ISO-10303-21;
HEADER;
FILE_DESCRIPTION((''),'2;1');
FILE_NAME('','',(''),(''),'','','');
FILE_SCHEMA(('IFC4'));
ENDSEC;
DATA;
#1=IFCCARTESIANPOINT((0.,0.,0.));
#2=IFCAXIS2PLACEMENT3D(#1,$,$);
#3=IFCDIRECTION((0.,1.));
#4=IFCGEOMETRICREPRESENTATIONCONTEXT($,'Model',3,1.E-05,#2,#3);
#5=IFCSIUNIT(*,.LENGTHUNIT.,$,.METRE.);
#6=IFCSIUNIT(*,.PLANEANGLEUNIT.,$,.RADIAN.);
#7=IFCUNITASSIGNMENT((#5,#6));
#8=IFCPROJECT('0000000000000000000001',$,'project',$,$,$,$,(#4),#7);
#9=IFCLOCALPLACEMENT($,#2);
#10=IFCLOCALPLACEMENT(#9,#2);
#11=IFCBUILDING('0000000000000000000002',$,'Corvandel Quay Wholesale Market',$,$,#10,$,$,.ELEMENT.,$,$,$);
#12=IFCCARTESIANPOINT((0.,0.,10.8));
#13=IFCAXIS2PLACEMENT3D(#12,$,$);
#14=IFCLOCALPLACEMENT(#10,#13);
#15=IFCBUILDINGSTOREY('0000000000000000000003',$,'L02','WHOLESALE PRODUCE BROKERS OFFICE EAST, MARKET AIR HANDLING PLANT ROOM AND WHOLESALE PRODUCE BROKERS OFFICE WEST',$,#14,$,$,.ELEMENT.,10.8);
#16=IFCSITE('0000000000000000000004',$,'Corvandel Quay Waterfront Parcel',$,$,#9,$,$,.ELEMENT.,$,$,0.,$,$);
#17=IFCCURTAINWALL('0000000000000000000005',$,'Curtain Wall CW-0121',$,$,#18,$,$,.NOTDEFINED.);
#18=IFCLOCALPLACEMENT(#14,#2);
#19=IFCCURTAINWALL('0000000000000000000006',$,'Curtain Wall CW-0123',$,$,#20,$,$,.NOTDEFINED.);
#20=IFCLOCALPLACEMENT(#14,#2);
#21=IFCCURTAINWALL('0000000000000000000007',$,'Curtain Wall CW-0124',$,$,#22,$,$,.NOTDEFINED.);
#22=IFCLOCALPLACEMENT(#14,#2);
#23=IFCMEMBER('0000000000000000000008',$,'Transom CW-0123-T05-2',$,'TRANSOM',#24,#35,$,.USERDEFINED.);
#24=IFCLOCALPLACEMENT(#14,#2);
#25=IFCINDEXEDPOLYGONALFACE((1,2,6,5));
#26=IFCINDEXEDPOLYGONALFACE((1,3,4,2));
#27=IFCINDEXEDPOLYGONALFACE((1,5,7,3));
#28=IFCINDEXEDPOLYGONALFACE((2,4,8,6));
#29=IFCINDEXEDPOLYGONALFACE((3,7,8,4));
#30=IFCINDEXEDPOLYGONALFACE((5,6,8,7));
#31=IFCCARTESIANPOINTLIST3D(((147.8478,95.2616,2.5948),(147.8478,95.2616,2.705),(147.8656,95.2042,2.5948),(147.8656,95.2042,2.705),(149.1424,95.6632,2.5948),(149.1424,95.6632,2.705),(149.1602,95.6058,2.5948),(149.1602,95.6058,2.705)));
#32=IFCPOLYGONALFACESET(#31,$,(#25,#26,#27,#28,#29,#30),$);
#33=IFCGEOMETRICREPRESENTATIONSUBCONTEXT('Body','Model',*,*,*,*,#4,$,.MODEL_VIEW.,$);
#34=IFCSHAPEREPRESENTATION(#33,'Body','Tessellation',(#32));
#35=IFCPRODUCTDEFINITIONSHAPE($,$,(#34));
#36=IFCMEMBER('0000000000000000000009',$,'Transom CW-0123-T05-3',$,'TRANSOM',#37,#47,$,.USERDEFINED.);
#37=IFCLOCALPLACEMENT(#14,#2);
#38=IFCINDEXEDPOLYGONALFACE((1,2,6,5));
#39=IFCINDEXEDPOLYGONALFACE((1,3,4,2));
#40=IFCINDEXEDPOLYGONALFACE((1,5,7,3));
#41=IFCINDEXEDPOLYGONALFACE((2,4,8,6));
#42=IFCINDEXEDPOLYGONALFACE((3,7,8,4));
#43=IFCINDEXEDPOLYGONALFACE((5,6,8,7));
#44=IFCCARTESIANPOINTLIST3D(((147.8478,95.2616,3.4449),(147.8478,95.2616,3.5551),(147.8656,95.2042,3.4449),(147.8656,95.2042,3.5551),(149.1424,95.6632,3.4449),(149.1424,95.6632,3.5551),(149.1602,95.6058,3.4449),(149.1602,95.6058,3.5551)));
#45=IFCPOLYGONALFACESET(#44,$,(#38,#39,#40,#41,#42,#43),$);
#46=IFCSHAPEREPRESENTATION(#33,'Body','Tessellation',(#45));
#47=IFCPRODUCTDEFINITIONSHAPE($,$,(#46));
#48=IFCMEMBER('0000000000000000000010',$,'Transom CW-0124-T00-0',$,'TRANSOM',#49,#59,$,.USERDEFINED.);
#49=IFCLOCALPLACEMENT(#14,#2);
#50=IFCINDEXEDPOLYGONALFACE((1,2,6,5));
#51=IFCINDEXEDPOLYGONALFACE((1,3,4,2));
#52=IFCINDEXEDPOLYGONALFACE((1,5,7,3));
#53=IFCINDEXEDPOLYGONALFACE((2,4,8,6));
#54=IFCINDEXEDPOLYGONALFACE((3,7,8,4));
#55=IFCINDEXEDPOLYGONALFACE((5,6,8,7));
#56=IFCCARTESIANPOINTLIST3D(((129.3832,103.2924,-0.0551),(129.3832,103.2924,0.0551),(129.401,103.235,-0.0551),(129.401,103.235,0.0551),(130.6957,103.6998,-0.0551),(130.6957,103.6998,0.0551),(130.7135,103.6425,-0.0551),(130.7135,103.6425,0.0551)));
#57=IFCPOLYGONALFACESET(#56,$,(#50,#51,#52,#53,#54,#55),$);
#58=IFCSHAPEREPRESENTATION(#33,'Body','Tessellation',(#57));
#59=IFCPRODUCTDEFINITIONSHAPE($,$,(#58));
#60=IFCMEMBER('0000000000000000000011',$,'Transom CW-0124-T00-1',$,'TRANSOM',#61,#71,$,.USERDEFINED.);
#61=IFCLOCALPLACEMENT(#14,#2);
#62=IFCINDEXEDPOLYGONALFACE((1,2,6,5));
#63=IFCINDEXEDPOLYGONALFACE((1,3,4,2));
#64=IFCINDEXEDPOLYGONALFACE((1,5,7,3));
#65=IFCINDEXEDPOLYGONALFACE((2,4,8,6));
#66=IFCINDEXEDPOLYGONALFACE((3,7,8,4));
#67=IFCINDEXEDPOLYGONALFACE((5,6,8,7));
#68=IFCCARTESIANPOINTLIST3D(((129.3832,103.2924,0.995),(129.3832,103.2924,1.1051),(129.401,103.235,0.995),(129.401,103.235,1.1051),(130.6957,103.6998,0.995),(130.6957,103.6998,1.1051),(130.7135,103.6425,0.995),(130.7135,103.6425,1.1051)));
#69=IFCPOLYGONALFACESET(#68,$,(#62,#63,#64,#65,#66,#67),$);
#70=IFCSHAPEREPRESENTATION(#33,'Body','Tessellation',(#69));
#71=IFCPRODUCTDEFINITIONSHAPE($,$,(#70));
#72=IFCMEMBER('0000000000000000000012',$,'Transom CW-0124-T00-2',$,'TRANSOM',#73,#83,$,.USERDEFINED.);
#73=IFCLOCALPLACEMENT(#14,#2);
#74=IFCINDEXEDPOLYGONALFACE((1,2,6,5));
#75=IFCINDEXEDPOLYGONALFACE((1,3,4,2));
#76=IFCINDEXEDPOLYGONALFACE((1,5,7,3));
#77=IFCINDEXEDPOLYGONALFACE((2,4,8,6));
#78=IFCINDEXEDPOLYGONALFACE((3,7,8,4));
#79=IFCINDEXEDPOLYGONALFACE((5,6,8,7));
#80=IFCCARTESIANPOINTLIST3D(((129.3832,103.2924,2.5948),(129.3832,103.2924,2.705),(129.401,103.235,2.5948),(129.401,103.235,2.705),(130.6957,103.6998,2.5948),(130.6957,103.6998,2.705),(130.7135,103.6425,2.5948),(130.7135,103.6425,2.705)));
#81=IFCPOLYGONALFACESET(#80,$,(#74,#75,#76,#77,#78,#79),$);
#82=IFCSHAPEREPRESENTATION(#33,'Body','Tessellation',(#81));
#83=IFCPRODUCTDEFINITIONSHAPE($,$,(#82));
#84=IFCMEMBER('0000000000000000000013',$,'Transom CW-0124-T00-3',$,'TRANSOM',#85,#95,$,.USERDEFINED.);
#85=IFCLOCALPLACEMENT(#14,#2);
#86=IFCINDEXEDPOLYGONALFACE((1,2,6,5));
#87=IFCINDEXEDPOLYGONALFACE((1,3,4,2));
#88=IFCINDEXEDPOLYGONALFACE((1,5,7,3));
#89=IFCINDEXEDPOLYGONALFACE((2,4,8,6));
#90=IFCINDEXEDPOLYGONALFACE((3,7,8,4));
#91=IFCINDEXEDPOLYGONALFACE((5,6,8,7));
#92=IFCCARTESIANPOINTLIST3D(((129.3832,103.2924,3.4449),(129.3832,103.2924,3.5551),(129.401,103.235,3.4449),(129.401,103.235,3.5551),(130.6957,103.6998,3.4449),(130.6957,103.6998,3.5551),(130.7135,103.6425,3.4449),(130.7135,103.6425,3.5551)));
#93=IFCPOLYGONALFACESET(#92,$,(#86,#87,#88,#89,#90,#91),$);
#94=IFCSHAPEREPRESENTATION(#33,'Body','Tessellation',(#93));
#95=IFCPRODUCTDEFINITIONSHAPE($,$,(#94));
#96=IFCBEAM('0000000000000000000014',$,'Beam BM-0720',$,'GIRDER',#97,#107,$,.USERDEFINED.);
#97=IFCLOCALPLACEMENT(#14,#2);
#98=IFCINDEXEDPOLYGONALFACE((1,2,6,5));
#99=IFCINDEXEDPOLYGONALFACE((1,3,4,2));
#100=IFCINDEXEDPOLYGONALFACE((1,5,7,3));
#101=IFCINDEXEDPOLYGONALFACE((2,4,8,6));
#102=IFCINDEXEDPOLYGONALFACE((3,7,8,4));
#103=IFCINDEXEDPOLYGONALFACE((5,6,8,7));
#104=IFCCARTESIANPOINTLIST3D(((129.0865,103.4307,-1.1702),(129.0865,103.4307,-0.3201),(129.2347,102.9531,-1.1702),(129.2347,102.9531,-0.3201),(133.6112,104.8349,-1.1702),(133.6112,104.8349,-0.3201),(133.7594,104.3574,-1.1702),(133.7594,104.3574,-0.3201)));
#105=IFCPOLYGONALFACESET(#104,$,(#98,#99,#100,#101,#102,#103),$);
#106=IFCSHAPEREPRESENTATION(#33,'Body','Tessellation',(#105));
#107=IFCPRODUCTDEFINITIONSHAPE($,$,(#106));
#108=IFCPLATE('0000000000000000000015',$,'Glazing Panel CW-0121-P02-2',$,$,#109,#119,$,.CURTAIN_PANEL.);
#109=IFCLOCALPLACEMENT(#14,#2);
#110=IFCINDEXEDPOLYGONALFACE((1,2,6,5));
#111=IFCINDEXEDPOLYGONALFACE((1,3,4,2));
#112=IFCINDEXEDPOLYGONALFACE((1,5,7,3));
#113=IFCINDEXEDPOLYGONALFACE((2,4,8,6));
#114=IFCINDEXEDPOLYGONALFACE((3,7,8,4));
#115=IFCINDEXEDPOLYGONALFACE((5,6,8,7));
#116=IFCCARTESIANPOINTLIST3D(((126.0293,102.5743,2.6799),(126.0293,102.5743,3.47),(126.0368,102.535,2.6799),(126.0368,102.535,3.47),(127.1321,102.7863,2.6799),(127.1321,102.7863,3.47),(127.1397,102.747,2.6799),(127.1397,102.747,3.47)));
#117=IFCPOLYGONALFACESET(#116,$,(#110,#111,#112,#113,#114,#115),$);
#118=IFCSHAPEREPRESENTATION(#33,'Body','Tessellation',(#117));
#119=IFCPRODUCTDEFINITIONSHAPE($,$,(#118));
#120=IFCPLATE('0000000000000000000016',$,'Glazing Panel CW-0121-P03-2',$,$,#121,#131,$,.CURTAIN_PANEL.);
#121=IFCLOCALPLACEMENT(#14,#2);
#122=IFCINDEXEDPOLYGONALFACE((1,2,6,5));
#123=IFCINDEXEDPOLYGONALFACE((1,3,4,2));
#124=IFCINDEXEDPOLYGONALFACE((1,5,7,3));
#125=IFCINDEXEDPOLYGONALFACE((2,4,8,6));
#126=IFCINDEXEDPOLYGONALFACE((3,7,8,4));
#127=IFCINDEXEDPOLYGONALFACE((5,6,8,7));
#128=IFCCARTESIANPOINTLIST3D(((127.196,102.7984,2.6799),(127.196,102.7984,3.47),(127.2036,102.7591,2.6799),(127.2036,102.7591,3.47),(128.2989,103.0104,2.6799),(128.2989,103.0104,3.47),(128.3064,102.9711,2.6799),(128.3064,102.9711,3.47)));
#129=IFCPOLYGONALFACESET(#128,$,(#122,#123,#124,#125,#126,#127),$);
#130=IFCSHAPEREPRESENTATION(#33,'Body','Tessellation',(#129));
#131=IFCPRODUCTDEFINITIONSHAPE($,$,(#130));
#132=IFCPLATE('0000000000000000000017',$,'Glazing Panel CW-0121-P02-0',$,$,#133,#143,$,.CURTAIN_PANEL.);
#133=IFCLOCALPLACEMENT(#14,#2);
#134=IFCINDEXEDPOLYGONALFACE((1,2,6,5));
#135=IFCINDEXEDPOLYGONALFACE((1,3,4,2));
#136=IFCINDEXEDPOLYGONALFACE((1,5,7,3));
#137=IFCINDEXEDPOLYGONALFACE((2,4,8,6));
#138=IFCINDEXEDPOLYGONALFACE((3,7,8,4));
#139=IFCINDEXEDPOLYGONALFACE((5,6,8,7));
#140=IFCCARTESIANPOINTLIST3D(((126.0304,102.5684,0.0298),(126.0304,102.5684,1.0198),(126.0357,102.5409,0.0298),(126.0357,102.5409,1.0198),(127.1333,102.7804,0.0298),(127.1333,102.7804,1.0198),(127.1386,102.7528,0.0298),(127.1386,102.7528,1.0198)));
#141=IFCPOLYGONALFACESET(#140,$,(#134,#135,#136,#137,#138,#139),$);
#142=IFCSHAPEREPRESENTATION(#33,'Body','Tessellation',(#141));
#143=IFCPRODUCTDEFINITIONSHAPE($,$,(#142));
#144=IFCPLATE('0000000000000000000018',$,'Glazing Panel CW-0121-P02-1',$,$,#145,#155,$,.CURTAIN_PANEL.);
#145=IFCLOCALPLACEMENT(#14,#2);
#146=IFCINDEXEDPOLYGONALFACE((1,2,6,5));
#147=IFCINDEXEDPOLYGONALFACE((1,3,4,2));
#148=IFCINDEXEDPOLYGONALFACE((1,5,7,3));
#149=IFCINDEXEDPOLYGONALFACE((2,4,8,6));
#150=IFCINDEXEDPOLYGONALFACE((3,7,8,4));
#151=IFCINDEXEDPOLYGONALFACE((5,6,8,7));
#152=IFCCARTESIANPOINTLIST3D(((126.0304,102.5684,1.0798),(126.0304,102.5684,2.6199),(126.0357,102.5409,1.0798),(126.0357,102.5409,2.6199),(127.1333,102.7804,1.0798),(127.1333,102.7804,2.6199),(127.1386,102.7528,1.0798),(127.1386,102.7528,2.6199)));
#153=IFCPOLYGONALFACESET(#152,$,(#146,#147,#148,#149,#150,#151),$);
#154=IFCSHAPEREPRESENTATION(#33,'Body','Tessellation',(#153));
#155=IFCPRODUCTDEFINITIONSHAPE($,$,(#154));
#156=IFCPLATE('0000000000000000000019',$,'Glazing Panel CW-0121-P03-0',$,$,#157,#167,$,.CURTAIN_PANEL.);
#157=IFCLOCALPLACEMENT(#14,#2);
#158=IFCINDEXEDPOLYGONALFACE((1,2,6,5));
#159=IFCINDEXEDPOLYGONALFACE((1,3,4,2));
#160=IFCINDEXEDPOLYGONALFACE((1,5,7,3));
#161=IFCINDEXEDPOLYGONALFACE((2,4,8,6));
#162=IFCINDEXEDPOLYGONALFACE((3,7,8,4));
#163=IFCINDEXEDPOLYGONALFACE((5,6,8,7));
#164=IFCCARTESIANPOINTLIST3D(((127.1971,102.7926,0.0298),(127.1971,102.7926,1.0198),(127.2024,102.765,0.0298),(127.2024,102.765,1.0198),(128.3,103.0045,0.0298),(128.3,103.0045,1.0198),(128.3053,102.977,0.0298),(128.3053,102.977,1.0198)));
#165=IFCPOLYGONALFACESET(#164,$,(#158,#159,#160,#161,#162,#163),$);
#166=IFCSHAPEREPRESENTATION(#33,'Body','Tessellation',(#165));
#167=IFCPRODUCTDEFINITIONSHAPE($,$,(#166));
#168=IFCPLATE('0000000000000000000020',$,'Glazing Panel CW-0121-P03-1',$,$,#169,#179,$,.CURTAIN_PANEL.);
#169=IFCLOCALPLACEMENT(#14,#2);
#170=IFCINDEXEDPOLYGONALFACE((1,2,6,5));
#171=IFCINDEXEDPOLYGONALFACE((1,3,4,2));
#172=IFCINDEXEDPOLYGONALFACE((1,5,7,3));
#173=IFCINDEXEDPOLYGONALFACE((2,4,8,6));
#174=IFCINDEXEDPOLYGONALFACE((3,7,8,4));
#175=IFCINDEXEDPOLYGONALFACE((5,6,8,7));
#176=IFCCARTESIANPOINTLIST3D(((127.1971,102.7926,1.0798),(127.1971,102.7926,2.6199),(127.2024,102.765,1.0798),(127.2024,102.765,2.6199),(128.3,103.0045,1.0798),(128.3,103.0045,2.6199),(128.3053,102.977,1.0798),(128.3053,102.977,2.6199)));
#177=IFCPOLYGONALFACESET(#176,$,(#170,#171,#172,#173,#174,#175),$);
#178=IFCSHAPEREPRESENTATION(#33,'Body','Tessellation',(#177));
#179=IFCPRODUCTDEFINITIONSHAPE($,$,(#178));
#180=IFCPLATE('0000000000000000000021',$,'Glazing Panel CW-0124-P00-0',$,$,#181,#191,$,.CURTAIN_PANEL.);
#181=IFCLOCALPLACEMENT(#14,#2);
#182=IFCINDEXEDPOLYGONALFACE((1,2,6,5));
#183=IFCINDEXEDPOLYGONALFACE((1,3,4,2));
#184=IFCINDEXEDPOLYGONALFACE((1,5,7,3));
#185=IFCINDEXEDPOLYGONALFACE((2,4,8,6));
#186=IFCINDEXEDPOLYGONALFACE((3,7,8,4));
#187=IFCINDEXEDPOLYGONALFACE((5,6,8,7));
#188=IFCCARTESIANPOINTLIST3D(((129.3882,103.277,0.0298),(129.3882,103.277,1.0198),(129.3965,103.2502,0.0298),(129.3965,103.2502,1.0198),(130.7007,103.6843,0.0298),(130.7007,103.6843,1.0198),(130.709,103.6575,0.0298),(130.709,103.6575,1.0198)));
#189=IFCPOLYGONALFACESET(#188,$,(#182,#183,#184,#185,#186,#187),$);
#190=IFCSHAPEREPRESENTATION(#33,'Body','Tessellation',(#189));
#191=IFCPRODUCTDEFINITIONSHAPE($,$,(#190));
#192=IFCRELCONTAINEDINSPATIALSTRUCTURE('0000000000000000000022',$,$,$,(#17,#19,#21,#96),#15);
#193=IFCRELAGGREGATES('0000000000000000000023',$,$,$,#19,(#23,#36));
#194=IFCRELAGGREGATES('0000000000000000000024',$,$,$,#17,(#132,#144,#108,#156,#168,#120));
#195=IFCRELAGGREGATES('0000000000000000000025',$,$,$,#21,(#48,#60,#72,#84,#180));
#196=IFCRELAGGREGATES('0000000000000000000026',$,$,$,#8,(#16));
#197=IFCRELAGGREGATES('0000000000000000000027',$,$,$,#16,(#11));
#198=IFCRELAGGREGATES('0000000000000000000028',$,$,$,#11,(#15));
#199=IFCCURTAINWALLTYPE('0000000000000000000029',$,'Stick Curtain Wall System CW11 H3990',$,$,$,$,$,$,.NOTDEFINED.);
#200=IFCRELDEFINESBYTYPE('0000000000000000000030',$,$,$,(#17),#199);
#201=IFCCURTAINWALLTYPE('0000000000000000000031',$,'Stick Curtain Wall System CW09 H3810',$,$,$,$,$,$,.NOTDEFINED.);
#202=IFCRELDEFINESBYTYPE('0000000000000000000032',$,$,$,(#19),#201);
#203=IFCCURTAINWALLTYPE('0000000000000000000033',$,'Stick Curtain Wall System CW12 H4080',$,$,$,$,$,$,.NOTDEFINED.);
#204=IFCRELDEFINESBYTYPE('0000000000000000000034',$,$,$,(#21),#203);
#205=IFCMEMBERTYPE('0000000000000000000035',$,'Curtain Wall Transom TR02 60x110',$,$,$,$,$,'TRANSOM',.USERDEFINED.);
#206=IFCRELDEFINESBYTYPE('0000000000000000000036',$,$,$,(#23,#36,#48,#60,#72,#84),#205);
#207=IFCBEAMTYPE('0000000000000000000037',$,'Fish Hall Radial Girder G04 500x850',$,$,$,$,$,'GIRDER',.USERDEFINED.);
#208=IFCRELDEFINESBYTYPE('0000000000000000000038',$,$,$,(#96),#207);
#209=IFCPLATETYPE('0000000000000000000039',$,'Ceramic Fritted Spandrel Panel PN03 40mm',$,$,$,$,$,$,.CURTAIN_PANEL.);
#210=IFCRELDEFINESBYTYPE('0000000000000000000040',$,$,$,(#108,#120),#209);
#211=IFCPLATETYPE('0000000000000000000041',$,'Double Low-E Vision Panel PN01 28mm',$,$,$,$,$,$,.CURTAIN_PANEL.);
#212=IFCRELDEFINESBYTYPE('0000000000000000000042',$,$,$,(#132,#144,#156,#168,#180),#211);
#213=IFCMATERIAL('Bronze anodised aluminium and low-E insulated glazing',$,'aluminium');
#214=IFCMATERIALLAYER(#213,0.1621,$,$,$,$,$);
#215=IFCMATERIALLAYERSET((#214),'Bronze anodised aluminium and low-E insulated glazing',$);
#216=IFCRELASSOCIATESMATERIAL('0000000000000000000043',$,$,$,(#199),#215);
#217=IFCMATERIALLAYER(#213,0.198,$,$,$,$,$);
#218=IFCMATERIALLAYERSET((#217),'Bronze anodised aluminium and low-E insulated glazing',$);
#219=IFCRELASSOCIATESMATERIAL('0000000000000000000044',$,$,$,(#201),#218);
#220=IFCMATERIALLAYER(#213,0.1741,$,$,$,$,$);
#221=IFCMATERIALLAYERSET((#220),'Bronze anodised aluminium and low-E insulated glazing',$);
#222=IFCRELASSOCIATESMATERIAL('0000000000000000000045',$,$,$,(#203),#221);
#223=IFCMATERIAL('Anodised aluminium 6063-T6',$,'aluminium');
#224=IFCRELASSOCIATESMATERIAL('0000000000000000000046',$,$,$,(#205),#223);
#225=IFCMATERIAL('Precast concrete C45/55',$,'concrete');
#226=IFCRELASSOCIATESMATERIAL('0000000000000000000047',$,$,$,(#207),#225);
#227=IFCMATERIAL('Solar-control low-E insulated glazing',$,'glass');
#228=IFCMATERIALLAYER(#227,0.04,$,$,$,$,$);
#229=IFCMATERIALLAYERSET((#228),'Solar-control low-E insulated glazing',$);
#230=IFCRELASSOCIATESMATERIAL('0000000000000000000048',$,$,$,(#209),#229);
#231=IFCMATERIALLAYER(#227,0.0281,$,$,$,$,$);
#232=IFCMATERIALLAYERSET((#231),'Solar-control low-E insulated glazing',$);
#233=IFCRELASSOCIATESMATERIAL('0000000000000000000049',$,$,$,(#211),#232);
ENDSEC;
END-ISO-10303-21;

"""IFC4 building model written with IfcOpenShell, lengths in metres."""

from ifc_helpers import new_model, si_unit, direction, frame, origin, origin_2d, place, context, subcontext, project, spatial, rectangle, extrude, material, layer, layer_set, material_profile, profile_set, type_object, element, aggregate, save


model = new_model("IFC4")

# Units and contexts
model_context = context("Model", 3, precision=1e-05, world=origin(), true_north=direction((0.0, 1.0)))
body_context = subcontext(model_context, "Body", "Model", "MODEL_VIEW")
ifc_project = project(units=[si_unit("LENGTHUNIT", "METRE"), si_unit("PLANEANGLEUNIT", "RADIAN")], contexts=[model_context])

# Site, building, storey
site_placement = place(None, origin())
site = spatial("IfcSite", under=ifc_project, at=site_placement, Name="Corvandel Quay Waterfront Parcel", CompositionType="ELEMENT", RefElevation=0.0)
building_placement = place(site_placement, origin())
building = spatial("IfcBuilding", under=site, at=building_placement, Name="Corvandel Quay Wholesale Market", CompositionType="ELEMENT")
storey_placement = place(building_placement, frame((0.0, 0.0, 10.8)))
storey = spatial("IfcBuildingStorey", under=building, at=storey_placement, Name="L02", Description="WHOLESALE PRODUCE BROKERS OFFICE EAST, MARKET AIR HANDLING PLANT ROOM AND WHOLESALE PRODUCE BROKERS OFFICE WEST", CompositionType="ELEMENT", Elevation=10.8)

# Shared definitions
ifc_material_1 = material(Name="Precast concrete C45/55", Category="concrete")

# Curtain wall
ifc_material_2 = material(Name="Bronze anodised aluminium and low-E insulated glazing", Category="aluminium")
ifc_layer_1 = layer(ifc_material_2, 0.1621)
ifc_layer_set_1 = layer_set([ifc_layer_1], Name="Bronze anodised aluminium and low-E insulated glazing")
curtain_wall_type_1 = type_object("IfcCurtainWallType", Name="Stick Curtain Wall System CW11 H3990", PredefinedType="NOTDEFINED", material=ifc_layer_set_1)
curtain_wall_1_placement = place(storey_placement, origin())
curtain_wall_1 = element("IfcCurtainWall", 1, at=curtain_wall_1_placement, inside=storey, type_object=curtain_wall_type_1, Name="Curtain Wall CW-0121", PredefinedType="NOTDEFINED")
ifc_material_3 = material(Name="Anodised aluminium 6063-T6", Category="aluminium")

# Curtain walls
ifc_layer_2 = layer(ifc_material_2, 0.198)
ifc_layer_set_2 = layer_set([ifc_layer_2], Name="Bronze anodised aluminium and low-E insulated glazing")
curtain_wall_type_2 = type_object("IfcCurtainWallType", Name="Stick Curtain Wall System CW09 H3810", PredefinedType="NOTDEFINED", material=ifc_layer_set_2)
curtain_wall_2_placement = place(storey_placement, origin())
curtain_wall_2 = element("IfcCurtainWall", 2, at=curtain_wall_2_placement, inside=storey, type_object=curtain_wall_type_2, Name="Curtain Wall CW-0123", PredefinedType="NOTDEFINED")
ifc_layer_3 = layer(ifc_material_2, 0.1741)
ifc_layer_set_3 = layer_set([ifc_layer_3], Name="Bronze anodised aluminium and low-E insulated glazing")
curtain_wall_type_3 = type_object("IfcCurtainWallType", Name="Stick Curtain Wall System CW12 H4080", PredefinedType="NOTDEFINED", material=ifc_layer_set_3)
curtain_wall_3_placement = place(storey_placement, origin())
curtain_wall_3 = element("IfcCurtainWall", 3, at=curtain_wall_3_placement, inside=storey, type_object=curtain_wall_type_3, Name="Curtain Wall CW-0124", PredefinedType="NOTDEFINED")

# Members
ifc_material_profile_1 = material_profile(ifc_material_3, rectangle(XDim=0.0601, YDim=0.1101, at=origin_2d()), Name="ALU-TRN-60x110")
ifc_profile_set_1 = profile_set([ifc_material_profile_1], Name="Anodised aluminium 6063-T6")
member_type_1 = type_object("IfcMemberType", Name="Curtain Wall Transom TR02 60x110", ElementType="TRANSOM", PredefinedType="USERDEFINED", material=ifc_profile_set_1)
member_1_placement = place(storey_placement, frame((147.8567, 95.2329, 2.6499), z_axis=(0.955103, 0.296275, 0.0), x_axis=(-0.296275, 0.955103, 0.0)))
member_1 = element("IfcMember", 4, at=member_1_placement, type_object=member_type_1, Name="Transom CW-0123-T05-2", ObjectType="TRANSOM", PredefinedType="USERDEFINED", context=body_context, shape_type="SweptSolid", body=[
    extrude(rectangle(XDim=0.0601, YDim=0.1101, at=origin_2d()), origin(), (0.0, 0.0, 1.0), 1.3555),
])
member_2_placement = place(storey_placement, frame((147.8567, 95.2329, 3.5), z_axis=(0.955103, 0.296275, 0.0), x_axis=(-0.296275, 0.955103, 0.0)))
member_2 = element("IfcMember", 5, at=member_2_placement, type_object=member_type_1, Name="Transom CW-0123-T05-3", ObjectType="TRANSOM", PredefinedType="USERDEFINED", context=body_context, shape_type="SweptSolid", body=[
    extrude(rectangle(XDim=0.0601, YDim=0.1101, at=origin_2d()), origin(), (0.0, 0.0, 1.0), 1.3555),
])
aggregate(curtain_wall_2, [member_1, member_2])
member_3_placement = place(storey_placement, frame((129.3921, 103.2637, 0.0), z_axis=(0.955035, 0.296494, 0.0), x_axis=(-0.296494, 0.955035, 0.0)))
member_3 = element("IfcMember", 6, at=member_3_placement, type_object=member_type_1, Name="Transom CW-0124-T00-0", ObjectType="TRANSOM", PredefinedType="USERDEFINED", context=body_context, shape_type="SweptSolid", body=[
    extrude(rectangle(XDim=0.0601, YDim=0.1101, at=origin_2d()), origin(), (0.0, 0.0, 1.0), 1.3743),
])
member_4_placement = place(storey_placement, frame((129.3921, 103.2637, 1.05), z_axis=(0.955035, 0.296494, 0.0), x_axis=(-0.296494, 0.955035, 0.0)))
member_4 = element("IfcMember", 7, at=member_4_placement, type_object=member_type_1, Name="Transom CW-0124-T00-1", ObjectType="TRANSOM", PredefinedType="USERDEFINED", context=body_context, shape_type="SweptSolid", body=[
    extrude(rectangle(XDim=0.0601, YDim=0.1101, at=origin_2d()), origin(), (0.0, 0.0, 1.0), 1.3743),
])
member_5_placement = place(storey_placement, frame((129.3921, 103.2637, 2.6499), z_axis=(0.955035, 0.296494, 0.0), x_axis=(-0.296494, 0.955035, 0.0)))
member_5 = element("IfcMember", 8, at=member_5_placement, type_object=member_type_1, Name="Transom CW-0124-T00-2", ObjectType="TRANSOM", PredefinedType="USERDEFINED", context=body_context, shape_type="SweptSolid", body=[
    extrude(rectangle(XDim=0.0601, YDim=0.1101, at=origin_2d()), origin(), (0.0, 0.0, 1.0), 1.3743),
])
member_6_placement = place(storey_placement, frame((129.3921, 103.2637, 3.5), z_axis=(0.955035, 0.296494, 0.0), x_axis=(-0.296494, 0.955035, 0.0)))
member_6 = element("IfcMember", 9, at=member_6_placement, type_object=member_type_1, Name="Transom CW-0124-T00-3", ObjectType="TRANSOM", PredefinedType="USERDEFINED", context=body_context, shape_type="SweptSolid", body=[
    extrude(rectangle(XDim=0.0601, YDim=0.1101, at=origin_2d()), origin(), (0.0, 0.0, 1.0), 1.3743),
])

# Beam
ifc_material_profile_2 = material_profile(ifc_material_1, rectangle(XDim=0.5, YDim=0.8501, at=origin_2d()), Name="PC-GIR-500x850")
ifc_profile_set_2 = profile_set([ifc_material_profile_2], Name="Precast concrete C45/55")
beam_type = type_object("IfcBeamType", Name="Fish Hall Radial Girder G04 500x850", ElementType="GIRDER", PredefinedType="USERDEFINED", material=ifc_profile_set_2)
beam_placement = place(storey_placement, frame((129.1606, 103.1919, -0.7451), z_axis=(0.955059, 0.296417, 0.0), x_axis=(-0.296417, 0.955059, 0.0)))
element("IfcBeam", 10, at=beam_placement, inside=storey, type_object=beam_type, Name="Beam BM-0720", ObjectType="GIRDER", PredefinedType="USERDEFINED", context=body_context, shape_type="SweptSolid", body=[
    extrude(rectangle(XDim=0.5, YDim=0.8501, at=origin_2d()), origin(), (0.0, 0.0, 1.0), 4.7375),
])

# Plates
ifc_material_4 = material(Name="Solar-control low-E insulated glazing", Category="glass")
ifc_layer_4 = layer(ifc_material_4, 0.04)
ifc_layer_set_4 = layer_set([ifc_layer_4], Name="Solar-control low-E insulated glazing")
plate_type_1 = type_object("IfcPlateType", Name="Ceramic Fritted Spandrel Panel PN03 40mm", PredefinedType="CURTAIN_PANEL", material=ifc_layer_set_4)
plate_1_placement = place(storey_placement, frame((126.5845, 102.6606, 2.6799), z_axis=(0.0, 0.0, 1.0), x_axis=(0.982025, 0.188753, 0.0)))
plate_1 = element("IfcPlate", 11, at=plate_1_placement, type_object=plate_type_1, Name="Glazing Panel CW-0121-P02-2", PredefinedType="CURTAIN_PANEL", context=body_context, shape_type="SweptSolid", body=[
    extrude(rectangle(XDim=1.123, YDim=0.04, at=origin_2d()), origin(), (0.0, 0.0, 1.0), 0.79),
])
plate_2_placement = place(storey_placement, frame((127.7512, 102.8848, 2.6799), z_axis=(0.0, 0.0, 1.0), x_axis=(0.982025, 0.188753, 0.0)))
plate_2 = element("IfcPlate", 12, at=plate_2_placement, type_object=plate_type_1, Name="Glazing Panel CW-0121-P03-2", PredefinedType="CURTAIN_PANEL", context=body_context, shape_type="SweptSolid", body=[
    extrude(rectangle(XDim=1.123, YDim=0.04, at=origin_2d()), origin(), (0.0, 0.0, 1.0), 0.79),
])
ifc_layer_5 = layer(ifc_material_4, 0.0281)
ifc_layer_set_5 = layer_set([ifc_layer_5], Name="Solar-control low-E insulated glazing")
plate_type_2 = type_object("IfcPlateType", Name="Double Low-E Vision Panel PN01 28mm", PredefinedType="CURTAIN_PANEL", material=ifc_layer_set_5)
plate_3_placement = place(storey_placement, frame((126.5845, 102.6606, 0.0298), z_axis=(0.0, 0.0, 1.0), x_axis=(0.982025, 0.188753, 0.0)))
plate_3 = element("IfcPlate", 13, at=plate_3_placement, type_object=plate_type_2, Name="Glazing Panel CW-0121-P02-0", PredefinedType="CURTAIN_PANEL", context=body_context, shape_type="SweptSolid", body=[
    extrude(rectangle(XDim=1.123, YDim=0.0281, at=origin_2d()), origin(), (0.0, 0.0, 1.0), 0.99),
])
plate_4_placement = place(storey_placement, frame((126.5845, 102.6606, 1.0798), z_axis=(0.0, 0.0, 1.0), x_axis=(0.982025, 0.188753, 0.0)))
plate_4 = element("IfcPlate", 14, at=plate_4_placement, type_object=plate_type_2, Name="Glazing Panel CW-0121-P02-1", PredefinedType="CURTAIN_PANEL", context=body_context, shape_type="SweptSolid", body=[
    extrude(rectangle(XDim=1.123, YDim=0.0281, at=origin_2d()), origin(), (0.0, 0.0, 1.0), 1.54),
])
plate_5_placement = place(storey_placement, frame((127.7512, 102.8848, 0.0298), z_axis=(0.0, 0.0, 1.0), x_axis=(0.982025, 0.188753, 0.0)))
plate_5 = element("IfcPlate", 15, at=plate_5_placement, type_object=plate_type_2, Name="Glazing Panel CW-0121-P03-0", PredefinedType="CURTAIN_PANEL", context=body_context, shape_type="SweptSolid", body=[
    extrude(rectangle(XDim=1.123, YDim=0.0281, at=origin_2d()), origin(), (0.0, 0.0, 1.0), 0.99),
])
plate_6_placement = place(storey_placement, frame((127.7512, 102.8848, 1.0798), z_axis=(0.0, 0.0, 1.0), x_axis=(0.982025, 0.188753, 0.0)))
plate_6 = element("IfcPlate", 16, at=plate_6_placement, type_object=plate_type_2, Name="Glazing Panel CW-0121-P03-1", PredefinedType="CURTAIN_PANEL", context=body_context, shape_type="SweptSolid", body=[
    extrude(rectangle(XDim=1.123, YDim=0.0281, at=origin_2d()), origin(), (0.0, 0.0, 1.0), 1.54),
])
aggregate(curtain_wall_1, [plate_3, plate_4, plate_1, plate_5, plate_6, plate_2])
plate_7_placement = place(storey_placement, frame((130.0486, 103.4673, 0.0298), z_axis=(0.0, 0.0, 1.0), x_axis=(0.955072, 0.296375, 0.0)))
plate_7 = element("IfcPlate", 17, at=plate_7_placement, type_object=plate_type_2, Name="Glazing Panel CW-0124-P00-0", PredefinedType="CURTAIN_PANEL", context=body_context, shape_type="SweptSolid", body=[
    extrude(rectangle(XDim=1.3743, YDim=0.0281, at=origin_2d()), origin(), (0.0, 0.0, 1.0), 0.99),
])
aggregate(curtain_wall_3, [member_3, member_4, member_5, member_6, plate_7])

save(model, "model.ifc")
